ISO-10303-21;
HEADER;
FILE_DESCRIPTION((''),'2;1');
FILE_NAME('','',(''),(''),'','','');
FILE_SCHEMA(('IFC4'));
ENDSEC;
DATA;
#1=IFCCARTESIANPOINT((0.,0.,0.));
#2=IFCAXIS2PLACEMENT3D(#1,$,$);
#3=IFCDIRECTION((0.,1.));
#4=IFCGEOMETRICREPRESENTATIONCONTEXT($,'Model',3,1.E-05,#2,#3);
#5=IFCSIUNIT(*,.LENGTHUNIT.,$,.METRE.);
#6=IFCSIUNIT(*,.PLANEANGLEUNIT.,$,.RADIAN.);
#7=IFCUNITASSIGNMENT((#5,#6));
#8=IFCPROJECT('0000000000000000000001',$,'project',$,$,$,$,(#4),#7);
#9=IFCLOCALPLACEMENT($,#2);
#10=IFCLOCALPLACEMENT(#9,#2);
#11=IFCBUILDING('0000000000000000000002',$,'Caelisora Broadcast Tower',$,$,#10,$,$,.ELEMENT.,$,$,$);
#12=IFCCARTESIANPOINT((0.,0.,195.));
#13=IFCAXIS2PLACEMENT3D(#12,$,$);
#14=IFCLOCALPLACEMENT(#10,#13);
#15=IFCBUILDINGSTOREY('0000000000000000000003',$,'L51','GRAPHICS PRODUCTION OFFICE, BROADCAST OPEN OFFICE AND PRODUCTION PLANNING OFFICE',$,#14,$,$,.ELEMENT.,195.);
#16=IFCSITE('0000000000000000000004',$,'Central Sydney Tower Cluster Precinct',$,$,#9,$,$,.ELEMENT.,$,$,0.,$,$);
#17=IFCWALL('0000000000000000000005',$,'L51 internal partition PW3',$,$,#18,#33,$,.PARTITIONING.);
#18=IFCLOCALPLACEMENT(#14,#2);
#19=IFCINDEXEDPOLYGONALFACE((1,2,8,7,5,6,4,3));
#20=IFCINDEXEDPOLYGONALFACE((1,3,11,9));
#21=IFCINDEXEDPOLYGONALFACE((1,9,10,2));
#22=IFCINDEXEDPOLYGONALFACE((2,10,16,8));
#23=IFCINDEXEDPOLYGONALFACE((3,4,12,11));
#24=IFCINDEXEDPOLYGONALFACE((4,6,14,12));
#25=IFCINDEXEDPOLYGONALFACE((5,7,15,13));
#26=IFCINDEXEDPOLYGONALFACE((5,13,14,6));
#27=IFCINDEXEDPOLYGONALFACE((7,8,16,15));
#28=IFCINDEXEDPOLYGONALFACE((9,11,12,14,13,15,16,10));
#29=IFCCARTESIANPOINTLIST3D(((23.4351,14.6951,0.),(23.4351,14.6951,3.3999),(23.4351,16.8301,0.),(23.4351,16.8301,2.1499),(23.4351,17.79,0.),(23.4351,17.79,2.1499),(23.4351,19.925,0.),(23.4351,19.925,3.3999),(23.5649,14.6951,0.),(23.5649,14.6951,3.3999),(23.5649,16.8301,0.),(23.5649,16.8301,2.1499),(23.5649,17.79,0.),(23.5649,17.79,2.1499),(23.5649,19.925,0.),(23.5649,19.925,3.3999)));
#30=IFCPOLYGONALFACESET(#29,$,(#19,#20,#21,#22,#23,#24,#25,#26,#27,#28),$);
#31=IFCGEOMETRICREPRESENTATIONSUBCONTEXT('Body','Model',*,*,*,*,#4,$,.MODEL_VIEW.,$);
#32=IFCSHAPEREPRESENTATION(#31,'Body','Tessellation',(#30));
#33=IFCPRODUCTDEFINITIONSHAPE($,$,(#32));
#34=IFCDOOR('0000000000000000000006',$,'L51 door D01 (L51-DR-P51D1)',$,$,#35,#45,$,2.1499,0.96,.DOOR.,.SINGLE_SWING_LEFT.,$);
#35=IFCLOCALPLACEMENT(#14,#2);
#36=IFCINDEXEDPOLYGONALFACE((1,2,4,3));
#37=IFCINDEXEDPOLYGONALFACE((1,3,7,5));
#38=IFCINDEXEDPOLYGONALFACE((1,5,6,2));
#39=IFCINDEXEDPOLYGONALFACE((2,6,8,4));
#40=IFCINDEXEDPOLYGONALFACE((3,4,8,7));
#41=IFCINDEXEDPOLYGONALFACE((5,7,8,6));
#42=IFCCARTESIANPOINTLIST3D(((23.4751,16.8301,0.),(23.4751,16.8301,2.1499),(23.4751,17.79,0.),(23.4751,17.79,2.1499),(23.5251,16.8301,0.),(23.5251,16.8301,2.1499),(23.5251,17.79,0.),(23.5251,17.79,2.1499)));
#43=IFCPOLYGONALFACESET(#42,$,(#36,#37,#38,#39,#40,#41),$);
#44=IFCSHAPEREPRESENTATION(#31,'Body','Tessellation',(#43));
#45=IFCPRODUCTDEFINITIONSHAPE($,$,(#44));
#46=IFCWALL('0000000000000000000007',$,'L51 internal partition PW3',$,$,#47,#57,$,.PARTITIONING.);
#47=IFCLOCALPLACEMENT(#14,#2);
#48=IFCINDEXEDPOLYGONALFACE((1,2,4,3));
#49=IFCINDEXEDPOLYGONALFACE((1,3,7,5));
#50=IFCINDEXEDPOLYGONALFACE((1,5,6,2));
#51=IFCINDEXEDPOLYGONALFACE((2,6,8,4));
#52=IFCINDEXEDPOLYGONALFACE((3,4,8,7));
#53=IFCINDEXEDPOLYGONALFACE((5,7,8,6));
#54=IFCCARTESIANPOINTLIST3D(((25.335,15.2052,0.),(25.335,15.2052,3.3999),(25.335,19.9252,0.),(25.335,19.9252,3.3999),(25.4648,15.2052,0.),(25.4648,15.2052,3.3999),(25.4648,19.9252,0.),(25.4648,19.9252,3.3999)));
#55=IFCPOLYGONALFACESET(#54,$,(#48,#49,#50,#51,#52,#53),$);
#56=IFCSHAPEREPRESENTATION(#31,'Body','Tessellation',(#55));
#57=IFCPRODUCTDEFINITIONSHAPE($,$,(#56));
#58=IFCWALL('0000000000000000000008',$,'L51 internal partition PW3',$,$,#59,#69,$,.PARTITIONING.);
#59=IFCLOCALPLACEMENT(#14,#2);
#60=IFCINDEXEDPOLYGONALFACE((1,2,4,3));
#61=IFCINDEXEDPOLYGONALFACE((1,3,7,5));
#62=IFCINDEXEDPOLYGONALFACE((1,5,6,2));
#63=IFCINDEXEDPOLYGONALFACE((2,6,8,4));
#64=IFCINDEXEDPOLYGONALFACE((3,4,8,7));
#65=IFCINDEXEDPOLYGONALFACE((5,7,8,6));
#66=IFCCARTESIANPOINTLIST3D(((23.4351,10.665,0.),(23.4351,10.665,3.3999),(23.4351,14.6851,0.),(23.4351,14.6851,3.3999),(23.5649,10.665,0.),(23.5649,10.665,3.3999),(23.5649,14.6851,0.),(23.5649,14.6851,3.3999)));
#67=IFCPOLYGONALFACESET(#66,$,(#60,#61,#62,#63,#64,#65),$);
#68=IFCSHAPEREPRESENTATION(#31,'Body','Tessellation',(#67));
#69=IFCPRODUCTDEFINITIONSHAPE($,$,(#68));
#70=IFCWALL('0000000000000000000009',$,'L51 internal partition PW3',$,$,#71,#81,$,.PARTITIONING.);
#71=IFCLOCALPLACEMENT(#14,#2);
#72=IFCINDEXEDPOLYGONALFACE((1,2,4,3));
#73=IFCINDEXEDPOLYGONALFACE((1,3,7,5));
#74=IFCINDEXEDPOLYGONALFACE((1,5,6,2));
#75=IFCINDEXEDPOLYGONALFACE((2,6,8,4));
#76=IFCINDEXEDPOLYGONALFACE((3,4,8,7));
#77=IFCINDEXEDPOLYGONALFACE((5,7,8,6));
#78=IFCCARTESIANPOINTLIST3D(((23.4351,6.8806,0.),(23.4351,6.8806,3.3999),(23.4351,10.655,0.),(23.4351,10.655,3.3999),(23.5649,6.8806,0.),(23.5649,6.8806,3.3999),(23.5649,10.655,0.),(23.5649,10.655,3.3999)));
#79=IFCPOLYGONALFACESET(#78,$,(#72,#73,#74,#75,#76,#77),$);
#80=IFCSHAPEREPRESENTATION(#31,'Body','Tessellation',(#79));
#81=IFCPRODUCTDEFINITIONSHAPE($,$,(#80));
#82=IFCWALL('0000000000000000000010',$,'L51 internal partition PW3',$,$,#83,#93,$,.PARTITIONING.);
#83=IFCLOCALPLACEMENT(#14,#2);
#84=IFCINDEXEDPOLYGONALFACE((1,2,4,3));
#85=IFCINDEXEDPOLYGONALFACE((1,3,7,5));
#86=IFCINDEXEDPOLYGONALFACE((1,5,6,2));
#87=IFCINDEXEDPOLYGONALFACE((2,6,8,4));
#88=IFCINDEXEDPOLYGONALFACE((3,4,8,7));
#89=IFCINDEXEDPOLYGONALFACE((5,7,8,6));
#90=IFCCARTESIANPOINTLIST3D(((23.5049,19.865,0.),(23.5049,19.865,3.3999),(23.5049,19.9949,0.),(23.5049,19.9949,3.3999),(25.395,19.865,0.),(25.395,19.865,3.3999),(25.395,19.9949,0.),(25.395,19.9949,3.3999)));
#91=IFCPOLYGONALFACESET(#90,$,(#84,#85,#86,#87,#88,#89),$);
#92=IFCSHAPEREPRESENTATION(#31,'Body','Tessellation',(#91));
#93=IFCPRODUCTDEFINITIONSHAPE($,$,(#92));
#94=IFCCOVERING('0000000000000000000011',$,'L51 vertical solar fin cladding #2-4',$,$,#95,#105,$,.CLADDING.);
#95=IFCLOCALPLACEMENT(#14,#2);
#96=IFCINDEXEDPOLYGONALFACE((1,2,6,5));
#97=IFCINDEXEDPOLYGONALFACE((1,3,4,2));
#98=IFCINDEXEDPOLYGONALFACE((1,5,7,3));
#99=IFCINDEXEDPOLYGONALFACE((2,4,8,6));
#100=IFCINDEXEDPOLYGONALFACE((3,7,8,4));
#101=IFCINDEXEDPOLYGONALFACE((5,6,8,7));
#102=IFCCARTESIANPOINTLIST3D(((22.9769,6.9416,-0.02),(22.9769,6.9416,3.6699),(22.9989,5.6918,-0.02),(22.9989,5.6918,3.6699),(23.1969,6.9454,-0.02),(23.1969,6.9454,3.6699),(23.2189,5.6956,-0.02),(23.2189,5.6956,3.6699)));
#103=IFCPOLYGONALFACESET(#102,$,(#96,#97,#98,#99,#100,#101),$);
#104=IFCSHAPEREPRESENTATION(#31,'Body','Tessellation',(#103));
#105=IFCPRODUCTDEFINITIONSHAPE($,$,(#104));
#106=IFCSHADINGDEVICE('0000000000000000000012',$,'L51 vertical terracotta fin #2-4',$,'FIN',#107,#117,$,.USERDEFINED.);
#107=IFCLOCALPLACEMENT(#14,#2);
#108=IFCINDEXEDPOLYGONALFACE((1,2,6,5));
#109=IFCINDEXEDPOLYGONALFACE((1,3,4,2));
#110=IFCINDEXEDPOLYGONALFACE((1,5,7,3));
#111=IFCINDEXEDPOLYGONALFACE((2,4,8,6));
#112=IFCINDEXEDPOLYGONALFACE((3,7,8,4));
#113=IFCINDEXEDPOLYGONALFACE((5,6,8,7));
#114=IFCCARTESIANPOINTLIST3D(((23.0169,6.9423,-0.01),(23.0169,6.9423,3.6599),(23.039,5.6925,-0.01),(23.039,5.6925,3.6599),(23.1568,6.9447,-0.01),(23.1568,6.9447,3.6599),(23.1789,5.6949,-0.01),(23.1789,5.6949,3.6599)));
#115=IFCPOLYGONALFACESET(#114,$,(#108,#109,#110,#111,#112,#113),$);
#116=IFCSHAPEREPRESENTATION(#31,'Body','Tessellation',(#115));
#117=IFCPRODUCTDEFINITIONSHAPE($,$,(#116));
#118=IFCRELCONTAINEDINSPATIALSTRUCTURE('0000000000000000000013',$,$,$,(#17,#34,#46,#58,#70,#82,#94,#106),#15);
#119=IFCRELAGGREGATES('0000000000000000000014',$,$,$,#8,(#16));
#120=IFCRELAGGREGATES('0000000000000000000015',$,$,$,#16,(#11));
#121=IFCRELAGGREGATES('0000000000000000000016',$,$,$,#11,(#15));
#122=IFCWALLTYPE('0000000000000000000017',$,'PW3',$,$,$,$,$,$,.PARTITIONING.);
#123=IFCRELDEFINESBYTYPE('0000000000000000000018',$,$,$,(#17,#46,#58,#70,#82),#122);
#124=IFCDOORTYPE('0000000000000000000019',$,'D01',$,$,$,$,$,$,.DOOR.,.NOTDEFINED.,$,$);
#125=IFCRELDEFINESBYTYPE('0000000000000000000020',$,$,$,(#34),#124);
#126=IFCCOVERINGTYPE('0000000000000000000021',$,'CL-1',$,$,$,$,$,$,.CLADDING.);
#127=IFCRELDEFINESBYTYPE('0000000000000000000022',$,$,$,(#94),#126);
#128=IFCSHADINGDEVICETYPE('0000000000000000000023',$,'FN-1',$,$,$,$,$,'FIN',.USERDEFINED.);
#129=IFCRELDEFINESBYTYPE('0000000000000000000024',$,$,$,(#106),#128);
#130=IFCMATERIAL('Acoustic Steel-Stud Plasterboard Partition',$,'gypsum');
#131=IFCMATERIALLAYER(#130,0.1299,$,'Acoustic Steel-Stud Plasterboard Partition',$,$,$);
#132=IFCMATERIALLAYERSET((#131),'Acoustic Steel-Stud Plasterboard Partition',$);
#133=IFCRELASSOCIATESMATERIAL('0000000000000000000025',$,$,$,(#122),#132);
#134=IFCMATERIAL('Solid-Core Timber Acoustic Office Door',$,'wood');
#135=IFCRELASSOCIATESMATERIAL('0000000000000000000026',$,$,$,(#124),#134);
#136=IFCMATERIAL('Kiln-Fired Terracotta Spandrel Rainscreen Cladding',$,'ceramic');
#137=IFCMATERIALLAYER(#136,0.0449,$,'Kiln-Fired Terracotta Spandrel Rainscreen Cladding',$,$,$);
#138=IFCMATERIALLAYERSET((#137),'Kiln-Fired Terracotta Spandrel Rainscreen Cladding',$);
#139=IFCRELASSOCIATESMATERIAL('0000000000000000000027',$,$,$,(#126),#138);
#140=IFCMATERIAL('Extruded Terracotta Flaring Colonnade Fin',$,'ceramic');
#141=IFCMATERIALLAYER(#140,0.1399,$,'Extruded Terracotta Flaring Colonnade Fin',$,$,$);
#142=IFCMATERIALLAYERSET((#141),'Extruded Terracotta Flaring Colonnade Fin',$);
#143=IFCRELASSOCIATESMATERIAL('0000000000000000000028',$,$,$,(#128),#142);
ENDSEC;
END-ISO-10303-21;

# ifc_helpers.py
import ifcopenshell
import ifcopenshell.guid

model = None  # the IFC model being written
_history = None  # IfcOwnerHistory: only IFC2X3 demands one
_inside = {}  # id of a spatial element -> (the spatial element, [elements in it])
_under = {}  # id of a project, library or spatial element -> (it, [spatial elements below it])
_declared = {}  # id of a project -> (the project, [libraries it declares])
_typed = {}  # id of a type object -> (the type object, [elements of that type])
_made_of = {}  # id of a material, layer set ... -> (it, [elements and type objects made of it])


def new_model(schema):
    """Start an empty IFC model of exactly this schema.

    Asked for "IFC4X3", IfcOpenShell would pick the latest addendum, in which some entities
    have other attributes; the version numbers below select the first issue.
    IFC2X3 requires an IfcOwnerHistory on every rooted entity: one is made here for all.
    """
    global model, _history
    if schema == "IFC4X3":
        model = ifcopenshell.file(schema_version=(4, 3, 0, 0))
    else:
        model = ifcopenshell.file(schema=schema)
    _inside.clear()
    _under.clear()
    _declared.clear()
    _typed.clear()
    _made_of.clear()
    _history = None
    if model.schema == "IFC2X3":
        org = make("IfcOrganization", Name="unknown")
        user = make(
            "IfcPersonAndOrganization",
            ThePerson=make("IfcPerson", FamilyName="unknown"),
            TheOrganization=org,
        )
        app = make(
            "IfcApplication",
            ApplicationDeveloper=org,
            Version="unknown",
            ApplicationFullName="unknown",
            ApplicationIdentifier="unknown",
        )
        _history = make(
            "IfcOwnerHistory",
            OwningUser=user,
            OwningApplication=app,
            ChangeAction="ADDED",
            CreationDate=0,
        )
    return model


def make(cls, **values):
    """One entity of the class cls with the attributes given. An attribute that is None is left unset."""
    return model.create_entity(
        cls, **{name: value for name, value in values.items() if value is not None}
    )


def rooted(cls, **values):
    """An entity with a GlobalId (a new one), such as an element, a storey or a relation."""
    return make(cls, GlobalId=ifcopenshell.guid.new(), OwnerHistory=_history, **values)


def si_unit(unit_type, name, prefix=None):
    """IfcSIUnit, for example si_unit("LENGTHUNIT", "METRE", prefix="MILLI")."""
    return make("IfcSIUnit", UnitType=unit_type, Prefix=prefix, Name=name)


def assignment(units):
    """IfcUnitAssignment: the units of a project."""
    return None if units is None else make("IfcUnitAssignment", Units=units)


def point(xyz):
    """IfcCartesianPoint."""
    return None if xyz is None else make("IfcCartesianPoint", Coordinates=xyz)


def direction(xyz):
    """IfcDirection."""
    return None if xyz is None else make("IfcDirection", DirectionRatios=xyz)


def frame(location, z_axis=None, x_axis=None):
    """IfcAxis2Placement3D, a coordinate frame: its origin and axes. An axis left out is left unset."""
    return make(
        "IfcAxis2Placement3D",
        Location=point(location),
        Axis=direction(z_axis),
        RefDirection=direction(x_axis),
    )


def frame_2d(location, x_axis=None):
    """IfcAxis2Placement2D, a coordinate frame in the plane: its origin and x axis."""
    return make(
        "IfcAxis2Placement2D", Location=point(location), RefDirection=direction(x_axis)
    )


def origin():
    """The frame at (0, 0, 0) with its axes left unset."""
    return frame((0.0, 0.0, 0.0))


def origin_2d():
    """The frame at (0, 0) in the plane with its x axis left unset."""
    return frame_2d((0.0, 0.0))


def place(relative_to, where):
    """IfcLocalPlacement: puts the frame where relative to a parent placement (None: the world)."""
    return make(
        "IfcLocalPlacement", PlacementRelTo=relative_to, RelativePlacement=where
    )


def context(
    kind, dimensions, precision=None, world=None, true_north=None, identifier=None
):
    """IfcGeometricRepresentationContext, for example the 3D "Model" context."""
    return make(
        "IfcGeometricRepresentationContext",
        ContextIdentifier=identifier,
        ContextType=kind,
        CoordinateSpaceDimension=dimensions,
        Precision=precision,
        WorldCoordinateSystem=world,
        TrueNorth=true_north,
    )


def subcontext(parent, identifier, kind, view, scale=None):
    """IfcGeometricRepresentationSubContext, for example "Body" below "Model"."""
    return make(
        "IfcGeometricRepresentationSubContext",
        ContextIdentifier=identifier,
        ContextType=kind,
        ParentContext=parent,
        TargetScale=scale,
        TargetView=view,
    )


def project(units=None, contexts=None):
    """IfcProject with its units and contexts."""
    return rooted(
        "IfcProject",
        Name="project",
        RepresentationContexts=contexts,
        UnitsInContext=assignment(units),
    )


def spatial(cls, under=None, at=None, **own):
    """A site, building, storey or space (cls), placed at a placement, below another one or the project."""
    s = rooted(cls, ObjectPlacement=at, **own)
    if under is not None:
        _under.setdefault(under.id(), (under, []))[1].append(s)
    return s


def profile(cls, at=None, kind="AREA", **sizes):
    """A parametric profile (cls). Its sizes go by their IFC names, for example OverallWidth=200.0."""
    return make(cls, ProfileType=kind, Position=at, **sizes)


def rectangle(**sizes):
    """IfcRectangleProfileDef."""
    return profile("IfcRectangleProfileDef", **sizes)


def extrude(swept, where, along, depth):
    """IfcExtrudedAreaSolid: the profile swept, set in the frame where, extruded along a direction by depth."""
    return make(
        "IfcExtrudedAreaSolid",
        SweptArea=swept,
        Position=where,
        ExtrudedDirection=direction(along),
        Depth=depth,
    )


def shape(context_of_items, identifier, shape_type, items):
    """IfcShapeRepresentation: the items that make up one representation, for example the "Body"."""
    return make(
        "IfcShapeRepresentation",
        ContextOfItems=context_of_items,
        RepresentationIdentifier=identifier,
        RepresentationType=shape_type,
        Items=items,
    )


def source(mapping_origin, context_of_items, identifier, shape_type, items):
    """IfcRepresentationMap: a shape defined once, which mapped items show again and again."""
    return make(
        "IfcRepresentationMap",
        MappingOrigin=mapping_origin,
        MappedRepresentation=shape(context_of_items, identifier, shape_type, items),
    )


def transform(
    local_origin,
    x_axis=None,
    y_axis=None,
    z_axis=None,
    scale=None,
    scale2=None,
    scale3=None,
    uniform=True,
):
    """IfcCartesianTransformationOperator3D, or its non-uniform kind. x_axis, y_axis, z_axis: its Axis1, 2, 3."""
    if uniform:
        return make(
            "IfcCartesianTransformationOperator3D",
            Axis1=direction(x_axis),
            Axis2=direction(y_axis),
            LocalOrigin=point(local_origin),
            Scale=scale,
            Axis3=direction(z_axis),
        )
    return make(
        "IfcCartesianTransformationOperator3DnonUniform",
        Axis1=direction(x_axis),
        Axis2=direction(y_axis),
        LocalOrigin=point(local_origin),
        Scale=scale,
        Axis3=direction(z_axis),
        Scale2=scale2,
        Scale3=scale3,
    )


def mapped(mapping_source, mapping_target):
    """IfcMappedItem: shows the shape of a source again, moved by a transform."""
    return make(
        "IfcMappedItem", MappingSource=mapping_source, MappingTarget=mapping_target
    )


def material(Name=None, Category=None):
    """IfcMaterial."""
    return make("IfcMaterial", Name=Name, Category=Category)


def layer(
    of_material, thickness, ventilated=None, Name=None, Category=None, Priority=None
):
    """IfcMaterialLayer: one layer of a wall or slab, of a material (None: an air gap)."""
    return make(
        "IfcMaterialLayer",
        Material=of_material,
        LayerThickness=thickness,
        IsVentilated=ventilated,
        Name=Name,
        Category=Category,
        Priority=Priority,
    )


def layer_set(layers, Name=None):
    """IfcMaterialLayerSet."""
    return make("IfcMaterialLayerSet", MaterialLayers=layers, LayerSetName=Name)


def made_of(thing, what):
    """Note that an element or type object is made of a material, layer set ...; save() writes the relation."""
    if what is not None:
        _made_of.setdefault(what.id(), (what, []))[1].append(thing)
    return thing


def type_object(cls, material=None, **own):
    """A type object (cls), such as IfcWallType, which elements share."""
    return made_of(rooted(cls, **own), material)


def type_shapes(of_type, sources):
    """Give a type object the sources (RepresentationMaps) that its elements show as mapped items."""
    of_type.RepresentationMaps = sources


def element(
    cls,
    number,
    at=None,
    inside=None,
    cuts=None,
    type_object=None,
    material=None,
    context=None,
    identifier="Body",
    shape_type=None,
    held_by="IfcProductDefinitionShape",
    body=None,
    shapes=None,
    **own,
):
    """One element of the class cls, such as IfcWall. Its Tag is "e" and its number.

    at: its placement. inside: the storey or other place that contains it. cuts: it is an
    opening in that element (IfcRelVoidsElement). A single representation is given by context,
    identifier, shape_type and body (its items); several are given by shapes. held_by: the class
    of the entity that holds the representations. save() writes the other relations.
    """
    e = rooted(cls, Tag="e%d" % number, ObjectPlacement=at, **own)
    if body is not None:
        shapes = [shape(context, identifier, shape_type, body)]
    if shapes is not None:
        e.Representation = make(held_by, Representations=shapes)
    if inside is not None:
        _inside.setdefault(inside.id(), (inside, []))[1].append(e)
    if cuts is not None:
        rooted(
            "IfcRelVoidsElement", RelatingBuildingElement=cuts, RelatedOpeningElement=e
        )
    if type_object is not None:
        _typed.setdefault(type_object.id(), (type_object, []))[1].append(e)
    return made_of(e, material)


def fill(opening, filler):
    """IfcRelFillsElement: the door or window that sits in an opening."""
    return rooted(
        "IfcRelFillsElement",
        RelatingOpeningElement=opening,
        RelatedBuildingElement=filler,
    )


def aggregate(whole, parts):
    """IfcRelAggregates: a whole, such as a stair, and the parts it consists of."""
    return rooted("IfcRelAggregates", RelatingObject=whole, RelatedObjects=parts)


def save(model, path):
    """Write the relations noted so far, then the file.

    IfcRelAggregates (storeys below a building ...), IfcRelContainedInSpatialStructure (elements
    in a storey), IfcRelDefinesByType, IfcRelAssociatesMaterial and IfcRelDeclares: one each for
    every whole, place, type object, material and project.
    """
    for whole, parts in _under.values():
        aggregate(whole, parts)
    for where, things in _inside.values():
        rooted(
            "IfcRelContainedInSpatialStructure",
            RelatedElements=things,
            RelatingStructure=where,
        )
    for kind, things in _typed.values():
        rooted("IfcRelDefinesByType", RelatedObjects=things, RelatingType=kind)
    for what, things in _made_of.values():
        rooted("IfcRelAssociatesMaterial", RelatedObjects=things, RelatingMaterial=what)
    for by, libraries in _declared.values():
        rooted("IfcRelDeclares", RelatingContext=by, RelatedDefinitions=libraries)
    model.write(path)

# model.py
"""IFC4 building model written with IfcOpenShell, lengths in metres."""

from ifc_helpers import new_model, si_unit, direction, frame, frame_2d, origin, origin_2d, place, context, subcontext, project, spatial, rectangle, extrude, source, transform, mapped, material, layer, layer_set, type_object, type_shapes, element, fill, save


model = new_model("IFC4")

# Units and contexts
model_context = context("Model", 3, precision=1e-05, world=origin(), true_north=direction((0.0, 1.0)))
body_context = subcontext(model_context, "Body", "Model", "MODEL_VIEW")
ifc_project = project(units=[si_unit("LENGTHUNIT", "METRE"), si_unit("PLANEANGLEUNIT", "RADIAN")], contexts=[model_context])

# Site, building, storey
site_placement = place(None, origin())
site = spatial("IfcSite", under=ifc_project, at=site_placement, Name="Central Sydney Tower Cluster Precinct", CompositionType="ELEMENT", RefElevation=0.0)
building_placement = place(site_placement, origin())
building = spatial("IfcBuilding", under=site, at=building_placement, Name="Caelisora Broadcast Tower", CompositionType="ELEMENT")
storey_placement = place(building_placement, frame((0.0, 0.0, 195.0)))
storey = spatial("IfcBuildingStorey", under=building, at=storey_placement, Name="L51", Description="GRAPHICS PRODUCTION OFFICE, BROADCAST OPEN OFFICE AND PRODUCTION PLANNING OFFICE", CompositionType="ELEMENT", Elevation=195.0)

# Shared definitions
ifc_material_1 = material(Name="Acoustic Steel-Stud Plasterboard Partition", Category="gypsum")
ifc_layer_1 = layer(ifc_material_1, 0.1299, Name="Acoustic Steel-Stud Plasterboard Partition")
ifc_layer_set_1 = layer_set([ifc_layer_1], Name="Acoustic Steel-Stud Plasterboard Partition")
wall_type = type_object("IfcWallType", Name="PW3", PredefinedType="PARTITIONING", material=ifc_layer_set_1)
ifc_material_2 = material(Name="Solid-Core Timber Acoustic Office Door", Category="wood")
door_type = type_object("IfcDoorType", Name="D01", OperationType="NOTDEFINED", PredefinedType="DOOR", material=ifc_material_2)

# Wall, opening, door
wall_1_placement = place(storey_placement, frame((23.5, 14.6951, 0.0), z_axis=(0.0, 0.0, 1.0), x_axis=(0.0, 1.0, 0.0)))
wall_1 = element("IfcWall", 1, at=wall_1_placement, inside=storey, type_object=wall_type, Name="L51 internal partition PW3", PredefinedType="PARTITIONING", context=body_context, shape_type="SweptSolid", body=[
    extrude(rectangle(XDim=5.23, YDim=0.1299, at=frame_2d((2.615, 0.0))), origin(), (0.0, 0.0, 1.0), 3.3999),
])
opening_1_placement = place(wall_1_placement, frame((2.135, 0.0, 0.0)))
opening_1 = element("IfcOpeningElement", 2, at=opening_1_placement, cuts=wall_1, PredefinedType="OPENING", context=body_context, shape_type="SweptSolid", body=[
    extrude(rectangle(XDim=0.96, YDim=2.1499, at=frame_2d((0.48, 1.075))), frame((0.0, 0.0769, 0.0), z_axis=(0.0, -1.0, 0.0), x_axis=(1.0, 0.0, 0.0)), (0.0, 0.0, 1.0), 0.1538),
])
door_1_placement = place(opening_1_placement, origin())
door_1 = element("IfcDoor", 3, at=door_1_placement, inside=storey, type_object=door_type, Name="L51 door D01 (L51-DR-P51D1)", OperationType="SINGLE_SWING_LEFT", OverallHeight=2.1499, OverallWidth=0.96, PredefinedType="DOOR", context=body_context, shape_type="SweptSolid", body=[
    extrude(rectangle(XDim=0.96, YDim=2.1499, at=frame_2d((0.48, 1.075))), frame((0.0, 0.0249, 0.0), z_axis=(0.0, -1.0, 0.0), x_axis=(1.0, 0.0, 0.0)), (0.0, 0.0, 1.0), 0.05),
])
fill(opening_1, door_1)

# Walls
wall_2_placement = place(storey_placement, frame((25.3999, 19.925, 0.0), z_axis=(0.0, 0.0, 1.0), x_axis=(0.0, -1.0, 0.0)))
element("IfcWall", 4, at=wall_2_placement, inside=storey, type_object=wall_type, Name="L51 internal partition PW3", PredefinedType="PARTITIONING", context=body_context, shape_type="SweptSolid", body=[
    extrude(rectangle(XDim=4.72, YDim=0.1299, at=frame_2d((2.3599, 0.0))), origin(), (0.0, 0.0, 1.0), 3.3999),
])
wall_3_placement = place(storey_placement, frame((23.5, 10.665, 0.0), z_axis=(0.0, 0.0, 1.0), x_axis=(0.0, 1.0, 0.0)))
element("IfcWall", 5, at=wall_3_placement, inside=storey, type_object=wall_type, Name="L51 internal partition PW3", PredefinedType="PARTITIONING", context=body_context, shape_type="SweptSolid", body=[
    extrude(rectangle(XDim=4.02, YDim=0.1299, at=frame_2d((2.01, 0.0))), origin(), (0.0, 0.0, 1.0), 3.3999),
])
wall_4_placement = place(storey_placement, frame((23.5, 6.8806, 0.0), z_axis=(0.0, 0.0, 1.0), x_axis=(0.0, 1.0, 0.0)))
element("IfcWall", 6, at=wall_4_placement, inside=storey, type_object=wall_type, Name="L51 internal partition PW3", PredefinedType="PARTITIONING", context=body_context, shape_type="SweptSolid", body=[
    extrude(rectangle(XDim=3.7744, YDim=0.1299, at=frame_2d((1.8872, 0.0))), origin(), (0.0, 0.0, 1.0), 3.3999),
])
wall_5_placement = place(storey_placement, frame((23.5049, 19.9299, 0.0), z_axis=(0.0, 0.0, 1.0), x_axis=(1.0, 0.0, 0.0)))
element("IfcWall", 7, at=wall_5_placement, inside=storey, type_object=wall_type, Name="L51 internal partition PW3", PredefinedType="PARTITIONING", context=body_context, shape_type="SweptSolid", body=[
    extrude(rectangle(XDim=1.8901, YDim=0.1299, at=frame_2d((0.9451, 0.0))), origin(), (0.0, 0.0, 1.0), 3.3999),
])

# Covering
ifc_material_3 = material(Name="Kiln-Fired Terracotta Spandrel Rainscreen Cladding", Category="ceramic")
ifc_layer_2 = layer(ifc_material_3, 0.0449, Name="Kiln-Fired Terracotta Spandrel Rainscreen Cladding")
ifc_layer_set_2 = layer_set([ifc_layer_2], Name="Kiln-Fired Terracotta Spandrel Rainscreen Cladding")
covering_type = type_object("IfcCoveringType", Name="CL-1", PredefinedType="CLADDING", material=ifc_layer_set_2)
shared_shape_1 = source(origin(), body_context, "Body", "SweptSolid", [
    extrude(rectangle(XDim=0.22, YDim=1.25, at=origin_2d()), origin(), (0.0, 0.0, 1.0), 3.6899),
])
type_shapes(covering_type, [shared_shape_1])
covering_placement = place(storey_placement, frame((23.0979, 6.3186, -0.02), z_axis=(0.0, 0.0, 1.0), x_axis=(-0.999845, -0.017627, 0.0)))
element("IfcCovering", 8, at=covering_placement, inside=storey, type_object=covering_type, Name="L51 vertical solar fin cladding #2-4", PredefinedType="CLADDING", context=body_context, shape_type="MappedRepresentation", body=[
    mapped(shared_shape_1, transform((0.0, 0.0, 0.0), scale=1.0)),
])

# Shading device
ifc_material_4 = material(Name="Extruded Terracotta Flaring Colonnade Fin", Category="ceramic")
ifc_layer_3 = layer(ifc_material_4, 0.1399, Name="Extruded Terracotta Flaring Colonnade Fin")
ifc_layer_set_3 = layer_set([ifc_layer_3], Name="Extruded Terracotta Flaring Colonnade Fin")
shading_device_type = type_object("IfcShadingDeviceType", Name="FN-1", ElementType="FIN", PredefinedType="USERDEFINED", material=ifc_layer_set_3)
shared_shape_2 = source(origin(), body_context, "Body", "SweptSolid", [
    extrude(rectangle(XDim=0.1399, YDim=1.25, at=origin_2d()), origin(), (0.0, 0.0, 1.0), 3.6699),
])
type_shapes(shading_device_type, [shared_shape_2])
shading_device_placement = place(storey_placement, frame((23.0979, 6.3186, -0.01), z_axis=(0.0, 0.0, 1.0), x_axis=(-0.999845, -0.017627, 0.0)))
element("IfcShadingDevice", 9, at=shading_device_placement, inside=storey, type_object=shading_device_type, Name="L51 vertical terracotta fin #2-4", ObjectType="FIN", PredefinedType="USERDEFINED", context=body_context, shape_type="MappedRepresentation", body=[
    mapped(shared_shape_2, transform((0.0, 0.0, 0.0), scale=1.0)),
])

save(model, "model.ifc")
